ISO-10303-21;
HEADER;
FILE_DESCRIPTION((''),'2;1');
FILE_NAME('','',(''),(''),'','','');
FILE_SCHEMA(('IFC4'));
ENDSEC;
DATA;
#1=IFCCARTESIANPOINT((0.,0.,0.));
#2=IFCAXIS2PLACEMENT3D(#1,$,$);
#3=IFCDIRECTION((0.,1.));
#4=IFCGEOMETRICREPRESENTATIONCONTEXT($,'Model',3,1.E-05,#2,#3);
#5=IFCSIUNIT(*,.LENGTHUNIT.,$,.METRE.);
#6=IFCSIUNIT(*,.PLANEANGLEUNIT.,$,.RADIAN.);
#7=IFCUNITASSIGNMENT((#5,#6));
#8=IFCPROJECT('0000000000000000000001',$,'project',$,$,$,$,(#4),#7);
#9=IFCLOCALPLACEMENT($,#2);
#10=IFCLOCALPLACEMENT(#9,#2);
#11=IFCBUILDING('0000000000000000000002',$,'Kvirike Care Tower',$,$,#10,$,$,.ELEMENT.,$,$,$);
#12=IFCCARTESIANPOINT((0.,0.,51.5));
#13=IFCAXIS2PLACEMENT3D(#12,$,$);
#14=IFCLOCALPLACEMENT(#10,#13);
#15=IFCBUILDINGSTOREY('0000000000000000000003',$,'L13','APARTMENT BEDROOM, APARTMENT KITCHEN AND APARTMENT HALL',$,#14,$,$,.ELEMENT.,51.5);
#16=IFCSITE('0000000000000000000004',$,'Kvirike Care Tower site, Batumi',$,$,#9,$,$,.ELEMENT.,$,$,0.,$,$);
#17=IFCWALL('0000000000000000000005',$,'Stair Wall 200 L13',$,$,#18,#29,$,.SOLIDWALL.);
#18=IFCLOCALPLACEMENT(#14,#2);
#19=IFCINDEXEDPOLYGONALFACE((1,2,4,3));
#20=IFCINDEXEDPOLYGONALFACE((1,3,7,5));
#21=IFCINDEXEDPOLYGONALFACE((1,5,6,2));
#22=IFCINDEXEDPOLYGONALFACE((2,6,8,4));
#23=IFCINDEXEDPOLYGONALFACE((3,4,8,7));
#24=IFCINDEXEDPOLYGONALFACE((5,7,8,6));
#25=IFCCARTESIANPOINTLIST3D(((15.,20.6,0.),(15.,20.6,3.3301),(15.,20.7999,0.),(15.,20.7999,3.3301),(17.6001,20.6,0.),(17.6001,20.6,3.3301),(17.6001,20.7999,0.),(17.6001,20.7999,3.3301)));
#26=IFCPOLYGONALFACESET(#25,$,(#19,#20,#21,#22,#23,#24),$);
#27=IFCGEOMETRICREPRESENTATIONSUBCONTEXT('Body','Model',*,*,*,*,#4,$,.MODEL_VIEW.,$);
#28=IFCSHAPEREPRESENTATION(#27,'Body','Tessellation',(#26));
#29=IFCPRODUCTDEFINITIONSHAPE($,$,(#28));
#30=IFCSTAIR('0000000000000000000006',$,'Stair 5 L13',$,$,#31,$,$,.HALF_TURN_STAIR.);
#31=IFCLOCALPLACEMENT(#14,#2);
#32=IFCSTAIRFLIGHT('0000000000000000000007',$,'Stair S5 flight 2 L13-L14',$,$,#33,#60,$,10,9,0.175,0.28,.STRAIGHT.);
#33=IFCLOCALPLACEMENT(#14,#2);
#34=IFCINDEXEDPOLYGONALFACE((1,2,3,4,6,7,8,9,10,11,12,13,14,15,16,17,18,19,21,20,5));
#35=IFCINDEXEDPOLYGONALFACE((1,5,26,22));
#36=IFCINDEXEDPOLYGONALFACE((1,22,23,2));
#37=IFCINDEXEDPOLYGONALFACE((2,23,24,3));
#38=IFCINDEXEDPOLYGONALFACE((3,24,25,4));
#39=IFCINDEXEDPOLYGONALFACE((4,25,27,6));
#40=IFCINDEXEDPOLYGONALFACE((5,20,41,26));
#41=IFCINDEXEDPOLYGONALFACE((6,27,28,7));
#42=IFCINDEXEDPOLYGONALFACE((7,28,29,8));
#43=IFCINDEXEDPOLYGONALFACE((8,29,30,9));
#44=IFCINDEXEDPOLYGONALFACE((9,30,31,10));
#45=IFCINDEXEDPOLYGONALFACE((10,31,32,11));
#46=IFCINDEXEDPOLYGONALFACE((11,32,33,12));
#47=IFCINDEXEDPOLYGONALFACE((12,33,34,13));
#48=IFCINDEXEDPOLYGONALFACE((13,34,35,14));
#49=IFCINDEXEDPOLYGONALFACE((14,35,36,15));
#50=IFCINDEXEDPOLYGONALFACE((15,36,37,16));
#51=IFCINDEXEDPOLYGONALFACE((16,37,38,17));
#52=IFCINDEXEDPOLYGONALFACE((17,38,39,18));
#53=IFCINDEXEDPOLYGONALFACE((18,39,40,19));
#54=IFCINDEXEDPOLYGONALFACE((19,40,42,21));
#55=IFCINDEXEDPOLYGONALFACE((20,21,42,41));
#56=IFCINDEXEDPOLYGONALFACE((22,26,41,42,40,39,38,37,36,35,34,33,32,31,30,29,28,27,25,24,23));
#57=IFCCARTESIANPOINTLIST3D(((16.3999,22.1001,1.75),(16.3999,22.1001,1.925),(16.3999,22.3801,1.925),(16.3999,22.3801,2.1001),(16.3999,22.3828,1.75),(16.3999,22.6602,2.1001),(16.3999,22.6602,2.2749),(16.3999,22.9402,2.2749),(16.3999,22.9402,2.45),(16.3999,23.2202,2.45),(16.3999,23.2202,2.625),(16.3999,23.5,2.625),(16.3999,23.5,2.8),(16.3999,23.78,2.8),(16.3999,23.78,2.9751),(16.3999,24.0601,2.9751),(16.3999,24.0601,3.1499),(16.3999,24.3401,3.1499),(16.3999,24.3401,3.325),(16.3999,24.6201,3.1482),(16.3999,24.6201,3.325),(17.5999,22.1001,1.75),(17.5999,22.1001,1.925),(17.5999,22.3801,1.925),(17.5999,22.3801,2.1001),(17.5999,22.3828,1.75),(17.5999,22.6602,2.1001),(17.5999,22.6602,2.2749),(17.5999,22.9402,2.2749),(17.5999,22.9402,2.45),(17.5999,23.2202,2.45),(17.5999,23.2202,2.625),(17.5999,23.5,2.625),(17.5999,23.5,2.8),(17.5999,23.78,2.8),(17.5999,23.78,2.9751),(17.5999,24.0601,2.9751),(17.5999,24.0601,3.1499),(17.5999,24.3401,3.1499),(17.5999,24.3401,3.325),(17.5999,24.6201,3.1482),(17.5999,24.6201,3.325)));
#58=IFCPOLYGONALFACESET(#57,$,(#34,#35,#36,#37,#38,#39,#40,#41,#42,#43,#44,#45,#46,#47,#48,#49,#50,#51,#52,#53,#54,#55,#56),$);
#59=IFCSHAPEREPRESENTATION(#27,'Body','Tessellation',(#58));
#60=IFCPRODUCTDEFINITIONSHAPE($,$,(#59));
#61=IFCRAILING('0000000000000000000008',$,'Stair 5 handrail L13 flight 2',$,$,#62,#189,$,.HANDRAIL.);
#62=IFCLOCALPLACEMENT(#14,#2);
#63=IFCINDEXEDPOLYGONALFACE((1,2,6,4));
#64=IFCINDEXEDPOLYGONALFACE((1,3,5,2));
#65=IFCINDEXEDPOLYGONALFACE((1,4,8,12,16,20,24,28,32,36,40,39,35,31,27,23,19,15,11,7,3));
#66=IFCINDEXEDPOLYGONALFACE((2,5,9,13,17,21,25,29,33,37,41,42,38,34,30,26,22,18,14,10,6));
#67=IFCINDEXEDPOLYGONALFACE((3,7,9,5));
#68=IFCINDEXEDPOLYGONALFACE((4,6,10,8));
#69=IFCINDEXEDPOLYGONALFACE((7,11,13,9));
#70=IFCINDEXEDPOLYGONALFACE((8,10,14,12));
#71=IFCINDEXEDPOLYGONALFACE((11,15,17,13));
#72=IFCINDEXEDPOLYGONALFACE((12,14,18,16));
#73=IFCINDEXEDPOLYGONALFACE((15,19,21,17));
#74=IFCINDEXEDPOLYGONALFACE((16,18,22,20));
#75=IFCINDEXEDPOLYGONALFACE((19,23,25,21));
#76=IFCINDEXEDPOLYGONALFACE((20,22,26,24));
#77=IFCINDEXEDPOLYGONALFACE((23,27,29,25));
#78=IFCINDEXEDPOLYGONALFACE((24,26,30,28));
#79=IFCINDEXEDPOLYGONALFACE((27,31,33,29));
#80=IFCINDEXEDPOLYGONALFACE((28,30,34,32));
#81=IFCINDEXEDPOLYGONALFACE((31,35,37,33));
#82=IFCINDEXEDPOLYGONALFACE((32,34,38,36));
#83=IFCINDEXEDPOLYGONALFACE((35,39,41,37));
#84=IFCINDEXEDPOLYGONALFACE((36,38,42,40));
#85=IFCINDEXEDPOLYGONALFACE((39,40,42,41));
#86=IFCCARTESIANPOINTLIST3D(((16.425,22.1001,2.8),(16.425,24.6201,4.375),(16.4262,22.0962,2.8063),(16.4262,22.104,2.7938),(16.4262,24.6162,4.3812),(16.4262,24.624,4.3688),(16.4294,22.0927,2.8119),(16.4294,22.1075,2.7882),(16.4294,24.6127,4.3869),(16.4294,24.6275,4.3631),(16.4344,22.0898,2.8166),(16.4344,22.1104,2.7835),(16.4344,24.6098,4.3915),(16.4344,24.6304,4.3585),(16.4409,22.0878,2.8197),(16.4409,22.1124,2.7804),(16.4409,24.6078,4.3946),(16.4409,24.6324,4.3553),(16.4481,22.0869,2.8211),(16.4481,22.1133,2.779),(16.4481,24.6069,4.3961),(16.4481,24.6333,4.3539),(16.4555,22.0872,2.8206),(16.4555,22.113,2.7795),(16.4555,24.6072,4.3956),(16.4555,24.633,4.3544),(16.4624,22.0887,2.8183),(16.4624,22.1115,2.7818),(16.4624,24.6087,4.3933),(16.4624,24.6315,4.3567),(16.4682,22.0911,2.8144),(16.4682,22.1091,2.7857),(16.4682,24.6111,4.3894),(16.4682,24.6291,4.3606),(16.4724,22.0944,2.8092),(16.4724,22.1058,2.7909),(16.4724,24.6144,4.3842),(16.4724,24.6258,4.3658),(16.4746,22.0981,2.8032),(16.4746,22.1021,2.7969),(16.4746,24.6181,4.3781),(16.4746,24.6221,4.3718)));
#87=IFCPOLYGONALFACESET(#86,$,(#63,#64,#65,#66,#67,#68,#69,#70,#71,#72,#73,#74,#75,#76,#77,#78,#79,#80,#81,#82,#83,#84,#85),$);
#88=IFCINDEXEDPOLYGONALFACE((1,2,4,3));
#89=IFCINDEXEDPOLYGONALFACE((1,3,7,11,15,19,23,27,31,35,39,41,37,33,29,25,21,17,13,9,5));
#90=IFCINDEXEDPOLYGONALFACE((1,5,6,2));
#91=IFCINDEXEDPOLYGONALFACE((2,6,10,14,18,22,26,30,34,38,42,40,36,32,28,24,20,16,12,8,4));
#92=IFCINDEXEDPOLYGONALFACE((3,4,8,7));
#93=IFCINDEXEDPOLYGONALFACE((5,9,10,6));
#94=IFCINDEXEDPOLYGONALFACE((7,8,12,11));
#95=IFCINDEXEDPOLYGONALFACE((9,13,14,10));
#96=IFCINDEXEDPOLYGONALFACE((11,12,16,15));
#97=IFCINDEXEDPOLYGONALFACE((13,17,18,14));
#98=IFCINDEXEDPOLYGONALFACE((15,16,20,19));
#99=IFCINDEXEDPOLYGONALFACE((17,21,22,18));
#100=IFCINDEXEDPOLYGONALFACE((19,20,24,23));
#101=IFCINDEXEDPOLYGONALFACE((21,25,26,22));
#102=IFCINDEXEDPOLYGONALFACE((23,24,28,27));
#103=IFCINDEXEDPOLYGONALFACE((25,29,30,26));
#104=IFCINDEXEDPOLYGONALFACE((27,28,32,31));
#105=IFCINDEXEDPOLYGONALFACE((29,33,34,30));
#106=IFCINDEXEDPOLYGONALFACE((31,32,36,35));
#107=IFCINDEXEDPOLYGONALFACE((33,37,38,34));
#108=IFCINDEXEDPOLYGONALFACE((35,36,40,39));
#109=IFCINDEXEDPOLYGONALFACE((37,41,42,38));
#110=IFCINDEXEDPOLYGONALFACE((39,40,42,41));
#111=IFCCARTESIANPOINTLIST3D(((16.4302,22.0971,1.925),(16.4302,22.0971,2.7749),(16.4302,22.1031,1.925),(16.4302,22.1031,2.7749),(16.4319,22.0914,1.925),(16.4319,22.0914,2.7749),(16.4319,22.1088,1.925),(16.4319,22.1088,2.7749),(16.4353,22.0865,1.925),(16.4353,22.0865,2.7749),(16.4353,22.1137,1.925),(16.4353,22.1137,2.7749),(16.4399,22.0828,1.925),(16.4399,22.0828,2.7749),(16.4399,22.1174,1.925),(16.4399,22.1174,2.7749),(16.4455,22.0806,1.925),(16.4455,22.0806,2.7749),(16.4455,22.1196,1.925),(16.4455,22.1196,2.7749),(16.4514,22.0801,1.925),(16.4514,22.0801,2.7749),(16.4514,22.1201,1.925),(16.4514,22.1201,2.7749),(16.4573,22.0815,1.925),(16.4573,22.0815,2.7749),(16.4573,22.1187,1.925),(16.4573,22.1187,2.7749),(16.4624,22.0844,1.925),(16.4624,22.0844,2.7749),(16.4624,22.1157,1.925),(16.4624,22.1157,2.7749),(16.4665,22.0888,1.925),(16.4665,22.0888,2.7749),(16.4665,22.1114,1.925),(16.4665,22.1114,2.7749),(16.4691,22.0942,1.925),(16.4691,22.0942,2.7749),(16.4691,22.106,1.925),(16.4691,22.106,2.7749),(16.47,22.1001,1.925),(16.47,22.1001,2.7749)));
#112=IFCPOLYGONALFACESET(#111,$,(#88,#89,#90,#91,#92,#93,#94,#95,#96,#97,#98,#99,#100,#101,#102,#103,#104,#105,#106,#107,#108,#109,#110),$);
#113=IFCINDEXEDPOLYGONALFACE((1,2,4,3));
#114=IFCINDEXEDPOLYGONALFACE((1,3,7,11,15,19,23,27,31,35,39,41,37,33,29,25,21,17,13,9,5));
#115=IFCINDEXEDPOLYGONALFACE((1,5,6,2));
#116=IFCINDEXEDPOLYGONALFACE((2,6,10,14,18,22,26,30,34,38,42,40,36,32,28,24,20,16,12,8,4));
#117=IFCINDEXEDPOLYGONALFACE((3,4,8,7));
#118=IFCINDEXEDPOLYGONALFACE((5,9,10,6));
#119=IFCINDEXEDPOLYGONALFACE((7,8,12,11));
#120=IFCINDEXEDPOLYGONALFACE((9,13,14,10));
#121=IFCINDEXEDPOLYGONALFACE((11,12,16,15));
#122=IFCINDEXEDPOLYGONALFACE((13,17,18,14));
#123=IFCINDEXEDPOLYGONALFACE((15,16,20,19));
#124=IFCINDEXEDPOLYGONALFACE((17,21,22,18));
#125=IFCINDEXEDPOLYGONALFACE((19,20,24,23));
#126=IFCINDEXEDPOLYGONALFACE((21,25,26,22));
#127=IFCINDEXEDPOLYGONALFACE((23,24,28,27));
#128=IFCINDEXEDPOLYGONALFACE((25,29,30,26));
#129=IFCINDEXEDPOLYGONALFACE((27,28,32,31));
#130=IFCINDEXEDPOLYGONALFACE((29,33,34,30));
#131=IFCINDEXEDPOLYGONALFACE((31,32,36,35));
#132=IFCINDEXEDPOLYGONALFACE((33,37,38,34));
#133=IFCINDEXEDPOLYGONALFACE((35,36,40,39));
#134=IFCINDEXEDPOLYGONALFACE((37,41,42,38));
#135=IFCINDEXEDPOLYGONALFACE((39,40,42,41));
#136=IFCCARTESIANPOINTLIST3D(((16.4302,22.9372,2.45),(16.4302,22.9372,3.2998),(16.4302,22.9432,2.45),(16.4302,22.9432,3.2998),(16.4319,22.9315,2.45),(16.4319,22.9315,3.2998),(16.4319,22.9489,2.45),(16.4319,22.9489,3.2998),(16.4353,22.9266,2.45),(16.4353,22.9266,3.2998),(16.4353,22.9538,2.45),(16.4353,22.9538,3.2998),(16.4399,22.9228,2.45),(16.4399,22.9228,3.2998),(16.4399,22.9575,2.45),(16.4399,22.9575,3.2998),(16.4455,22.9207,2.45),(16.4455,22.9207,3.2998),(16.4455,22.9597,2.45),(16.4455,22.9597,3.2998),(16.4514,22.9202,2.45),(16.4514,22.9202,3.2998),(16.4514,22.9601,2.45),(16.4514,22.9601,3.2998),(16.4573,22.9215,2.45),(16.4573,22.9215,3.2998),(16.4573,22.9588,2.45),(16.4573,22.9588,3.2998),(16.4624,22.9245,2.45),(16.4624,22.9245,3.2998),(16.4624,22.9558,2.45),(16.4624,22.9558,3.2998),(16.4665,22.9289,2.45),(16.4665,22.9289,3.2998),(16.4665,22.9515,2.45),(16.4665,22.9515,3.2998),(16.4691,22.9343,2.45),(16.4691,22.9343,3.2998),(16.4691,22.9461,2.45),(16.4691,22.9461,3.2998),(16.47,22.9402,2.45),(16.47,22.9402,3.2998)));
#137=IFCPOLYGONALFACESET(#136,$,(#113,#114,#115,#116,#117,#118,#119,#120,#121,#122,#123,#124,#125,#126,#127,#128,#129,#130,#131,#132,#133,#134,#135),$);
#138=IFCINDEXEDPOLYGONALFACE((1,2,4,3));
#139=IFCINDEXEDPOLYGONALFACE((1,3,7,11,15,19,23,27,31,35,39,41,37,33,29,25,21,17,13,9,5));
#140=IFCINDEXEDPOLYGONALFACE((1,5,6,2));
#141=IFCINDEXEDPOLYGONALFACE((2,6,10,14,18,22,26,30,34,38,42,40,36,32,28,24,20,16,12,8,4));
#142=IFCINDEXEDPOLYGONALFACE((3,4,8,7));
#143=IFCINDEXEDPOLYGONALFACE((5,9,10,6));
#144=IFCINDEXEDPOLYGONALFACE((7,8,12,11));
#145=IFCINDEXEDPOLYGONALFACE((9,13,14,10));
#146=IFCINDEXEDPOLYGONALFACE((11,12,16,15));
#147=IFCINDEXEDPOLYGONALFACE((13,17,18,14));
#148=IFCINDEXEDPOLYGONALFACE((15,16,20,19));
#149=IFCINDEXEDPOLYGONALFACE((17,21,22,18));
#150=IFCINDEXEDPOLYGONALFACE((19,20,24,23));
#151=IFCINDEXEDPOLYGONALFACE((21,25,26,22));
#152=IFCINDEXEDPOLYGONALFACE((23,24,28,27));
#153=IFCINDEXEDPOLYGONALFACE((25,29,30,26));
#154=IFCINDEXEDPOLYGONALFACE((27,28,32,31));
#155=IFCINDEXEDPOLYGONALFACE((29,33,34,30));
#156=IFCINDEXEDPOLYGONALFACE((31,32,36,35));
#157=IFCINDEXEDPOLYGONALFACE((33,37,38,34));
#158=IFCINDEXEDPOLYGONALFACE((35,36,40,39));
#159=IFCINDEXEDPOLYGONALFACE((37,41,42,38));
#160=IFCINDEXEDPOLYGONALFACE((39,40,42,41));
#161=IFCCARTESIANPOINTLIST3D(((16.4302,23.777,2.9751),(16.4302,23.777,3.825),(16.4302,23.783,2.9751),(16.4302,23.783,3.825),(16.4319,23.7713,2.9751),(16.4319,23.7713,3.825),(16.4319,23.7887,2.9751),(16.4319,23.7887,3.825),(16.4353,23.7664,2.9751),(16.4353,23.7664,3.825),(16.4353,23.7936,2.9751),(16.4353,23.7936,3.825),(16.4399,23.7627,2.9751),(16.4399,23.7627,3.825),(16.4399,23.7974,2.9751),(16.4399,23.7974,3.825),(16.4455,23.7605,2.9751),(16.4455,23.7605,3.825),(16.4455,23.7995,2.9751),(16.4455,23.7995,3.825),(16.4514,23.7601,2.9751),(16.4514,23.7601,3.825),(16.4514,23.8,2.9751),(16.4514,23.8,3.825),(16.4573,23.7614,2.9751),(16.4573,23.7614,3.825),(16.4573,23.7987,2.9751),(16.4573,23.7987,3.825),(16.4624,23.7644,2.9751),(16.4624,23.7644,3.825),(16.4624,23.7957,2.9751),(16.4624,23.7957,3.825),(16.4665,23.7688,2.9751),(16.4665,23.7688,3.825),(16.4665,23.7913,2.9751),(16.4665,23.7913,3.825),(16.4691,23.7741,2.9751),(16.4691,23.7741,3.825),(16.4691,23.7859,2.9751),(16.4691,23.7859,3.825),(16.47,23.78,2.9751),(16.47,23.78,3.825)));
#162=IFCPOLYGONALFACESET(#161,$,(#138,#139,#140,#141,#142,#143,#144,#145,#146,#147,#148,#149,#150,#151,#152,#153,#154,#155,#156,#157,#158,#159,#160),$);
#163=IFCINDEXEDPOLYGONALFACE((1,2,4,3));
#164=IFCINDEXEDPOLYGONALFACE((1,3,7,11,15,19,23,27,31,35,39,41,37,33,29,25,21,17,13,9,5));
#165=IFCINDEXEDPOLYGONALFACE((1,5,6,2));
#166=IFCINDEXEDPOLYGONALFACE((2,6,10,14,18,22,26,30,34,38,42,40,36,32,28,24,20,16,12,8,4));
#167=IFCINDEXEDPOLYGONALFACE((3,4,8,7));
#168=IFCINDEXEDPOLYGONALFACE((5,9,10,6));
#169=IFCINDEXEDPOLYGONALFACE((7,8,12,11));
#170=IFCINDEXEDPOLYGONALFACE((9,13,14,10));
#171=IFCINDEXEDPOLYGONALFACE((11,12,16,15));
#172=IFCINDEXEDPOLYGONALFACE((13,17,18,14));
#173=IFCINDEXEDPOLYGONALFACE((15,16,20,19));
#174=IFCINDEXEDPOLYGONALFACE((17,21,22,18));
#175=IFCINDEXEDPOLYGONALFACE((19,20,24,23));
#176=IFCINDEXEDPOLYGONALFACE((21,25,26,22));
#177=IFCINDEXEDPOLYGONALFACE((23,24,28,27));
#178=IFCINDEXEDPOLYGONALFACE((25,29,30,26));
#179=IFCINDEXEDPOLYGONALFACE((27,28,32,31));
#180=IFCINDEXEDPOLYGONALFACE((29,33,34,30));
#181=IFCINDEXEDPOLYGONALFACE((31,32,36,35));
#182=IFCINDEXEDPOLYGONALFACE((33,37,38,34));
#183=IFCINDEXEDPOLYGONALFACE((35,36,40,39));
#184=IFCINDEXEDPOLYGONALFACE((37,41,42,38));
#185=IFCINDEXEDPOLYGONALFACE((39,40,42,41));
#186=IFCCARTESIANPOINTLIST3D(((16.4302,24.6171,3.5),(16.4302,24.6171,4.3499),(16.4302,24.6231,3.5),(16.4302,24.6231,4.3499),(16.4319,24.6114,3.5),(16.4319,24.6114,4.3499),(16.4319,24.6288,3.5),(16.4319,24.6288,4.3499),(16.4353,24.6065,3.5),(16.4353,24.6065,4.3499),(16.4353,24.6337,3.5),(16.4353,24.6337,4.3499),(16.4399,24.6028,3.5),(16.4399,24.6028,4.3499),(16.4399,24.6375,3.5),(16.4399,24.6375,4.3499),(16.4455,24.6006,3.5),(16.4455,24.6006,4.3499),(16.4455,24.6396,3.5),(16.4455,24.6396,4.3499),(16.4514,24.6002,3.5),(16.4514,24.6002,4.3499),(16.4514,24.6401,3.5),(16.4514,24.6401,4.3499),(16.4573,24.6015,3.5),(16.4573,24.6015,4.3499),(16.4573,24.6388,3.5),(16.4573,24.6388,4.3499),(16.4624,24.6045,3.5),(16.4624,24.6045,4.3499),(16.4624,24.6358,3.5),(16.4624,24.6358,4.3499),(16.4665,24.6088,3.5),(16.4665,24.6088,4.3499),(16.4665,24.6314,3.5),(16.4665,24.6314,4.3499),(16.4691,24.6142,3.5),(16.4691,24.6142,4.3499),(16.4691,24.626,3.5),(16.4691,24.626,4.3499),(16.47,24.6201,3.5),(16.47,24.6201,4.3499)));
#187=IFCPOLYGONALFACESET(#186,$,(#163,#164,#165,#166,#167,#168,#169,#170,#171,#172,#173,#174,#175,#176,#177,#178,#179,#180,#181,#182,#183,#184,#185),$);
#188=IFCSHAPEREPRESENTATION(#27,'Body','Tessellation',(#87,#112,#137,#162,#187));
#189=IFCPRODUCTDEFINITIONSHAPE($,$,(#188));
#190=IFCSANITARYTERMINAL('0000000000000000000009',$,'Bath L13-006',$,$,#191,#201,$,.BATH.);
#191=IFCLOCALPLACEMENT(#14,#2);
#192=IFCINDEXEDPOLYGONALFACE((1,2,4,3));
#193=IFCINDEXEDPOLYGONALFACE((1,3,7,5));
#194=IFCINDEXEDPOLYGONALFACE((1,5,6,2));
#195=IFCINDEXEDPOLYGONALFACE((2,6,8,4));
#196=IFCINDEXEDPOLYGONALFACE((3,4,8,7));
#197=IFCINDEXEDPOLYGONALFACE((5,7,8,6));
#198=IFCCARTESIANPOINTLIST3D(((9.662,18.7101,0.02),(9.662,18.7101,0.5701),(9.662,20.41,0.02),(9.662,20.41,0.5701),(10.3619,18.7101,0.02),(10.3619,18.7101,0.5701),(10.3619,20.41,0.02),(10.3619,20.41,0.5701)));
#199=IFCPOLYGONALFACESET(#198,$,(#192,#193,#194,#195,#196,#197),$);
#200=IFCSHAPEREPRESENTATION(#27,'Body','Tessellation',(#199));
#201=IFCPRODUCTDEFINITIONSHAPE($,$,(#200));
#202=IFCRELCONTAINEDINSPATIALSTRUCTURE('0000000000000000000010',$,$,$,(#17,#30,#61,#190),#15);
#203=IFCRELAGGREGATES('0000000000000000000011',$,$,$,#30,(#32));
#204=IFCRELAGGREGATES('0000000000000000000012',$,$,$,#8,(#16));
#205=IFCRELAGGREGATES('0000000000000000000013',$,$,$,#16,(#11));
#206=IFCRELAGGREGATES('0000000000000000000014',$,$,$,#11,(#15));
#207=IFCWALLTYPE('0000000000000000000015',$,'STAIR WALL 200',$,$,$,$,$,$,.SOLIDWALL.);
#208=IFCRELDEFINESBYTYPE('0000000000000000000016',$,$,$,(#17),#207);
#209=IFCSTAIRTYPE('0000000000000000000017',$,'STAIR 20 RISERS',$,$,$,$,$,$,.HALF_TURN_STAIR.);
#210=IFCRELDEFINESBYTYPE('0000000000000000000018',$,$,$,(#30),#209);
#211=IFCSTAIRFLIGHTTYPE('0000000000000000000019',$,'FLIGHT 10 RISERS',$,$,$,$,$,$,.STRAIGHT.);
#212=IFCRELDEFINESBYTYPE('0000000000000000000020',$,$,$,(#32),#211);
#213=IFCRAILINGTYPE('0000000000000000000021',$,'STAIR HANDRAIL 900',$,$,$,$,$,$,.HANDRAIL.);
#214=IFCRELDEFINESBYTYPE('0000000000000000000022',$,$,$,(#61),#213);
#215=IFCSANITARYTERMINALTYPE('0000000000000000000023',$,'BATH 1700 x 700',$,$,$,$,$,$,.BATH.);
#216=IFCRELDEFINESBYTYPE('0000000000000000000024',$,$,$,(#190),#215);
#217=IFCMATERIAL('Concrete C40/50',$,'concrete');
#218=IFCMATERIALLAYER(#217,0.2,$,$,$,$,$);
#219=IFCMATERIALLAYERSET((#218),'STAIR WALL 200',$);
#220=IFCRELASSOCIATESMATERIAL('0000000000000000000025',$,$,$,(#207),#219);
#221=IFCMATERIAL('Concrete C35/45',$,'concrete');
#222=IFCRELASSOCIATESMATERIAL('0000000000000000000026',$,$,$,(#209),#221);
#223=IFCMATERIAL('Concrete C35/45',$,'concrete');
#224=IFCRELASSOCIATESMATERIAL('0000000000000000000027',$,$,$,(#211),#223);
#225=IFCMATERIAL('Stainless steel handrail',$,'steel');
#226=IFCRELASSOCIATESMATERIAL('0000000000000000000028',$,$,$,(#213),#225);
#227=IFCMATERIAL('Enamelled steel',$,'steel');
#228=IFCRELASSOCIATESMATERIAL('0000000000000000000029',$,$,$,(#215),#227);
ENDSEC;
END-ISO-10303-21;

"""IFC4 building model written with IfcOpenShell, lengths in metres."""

from ifc_helpers import new_model, si_unit, direction, frame, frame_2d, origin, origin_2d, place, context, subcontext, project, spatial, polyline, rectangle, circle, outline, extrude, material, layer, layer_set, type_object, element, aggregate, save


model = new_model("IFC4")

# Units and contexts
model_context = context("Model", 3, precision=1e-05, world=origin(), true_north=direction((0.0, 1.0)))
body_context = subcontext(model_context, "Body", "Model", "MODEL_VIEW")
ifc_project = project(units=[si_unit("LENGTHUNIT", "METRE"), si_unit("PLANEANGLEUNIT", "RADIAN")], contexts=[model_context])

# Site, building, storey
site_placement = place(None, origin())
site = spatial("IfcSite", under=ifc_project, at=site_placement, Name="Kvirike Care Tower site, Batumi", CompositionType="ELEMENT", RefElevation=0.0)
building_placement = place(site_placement, origin())
building = spatial("IfcBuilding", under=site, at=building_placement, Name="Kvirike Care Tower", CompositionType="ELEMENT")
storey_placement = place(building_placement, frame((0.0, 0.0, 51.5)))
storey = spatial("IfcBuildingStorey", under=building, at=storey_placement, Name="L13", Description="APARTMENT BEDROOM, APARTMENT KITCHEN AND APARTMENT HALL", CompositionType="ELEMENT", Elevation=51.5)

# Wall
ifc_material_1 = material(Name="Concrete C40/50", Category="concrete")
ifc_layer_1 = layer(ifc_material_1, 0.2)
ifc_layer_set_1 = layer_set([ifc_layer_1], Name="STAIR WALL 200")
wall_type_1 = type_object("IfcWallType", Name="STAIR WALL 200", PredefinedType="SOLIDWALL", material=ifc_layer_set_1)
wall_1_placement = place(storey_placement, frame((15.0, 20.7, 0.0), z_axis=(0.0, 0.0, 1.0), x_axis=(1.0, 0.0, 0.0)))
element("IfcWall", 1, at=wall_1_placement, inside=storey, type_object=wall_type_1, Name="Stair Wall 200 L13", PredefinedType="SOLIDWALL", context=body_context, shape_type="SweptSolid", body=[
    extrude(rectangle(XDim=2.6001, YDim=0.2, at=frame_2d((1.3, 0.0))), origin(), (0.0, 0.0, 1.0), 3.3301),
])

# Stair, stair flight
ifc_material_2 = material(Name="Concrete C35/45", Category="concrete")
stair_type = type_object("IfcStairType", Name="STAIR 20 RISERS", PredefinedType="HALF_TURN_STAIR", material=ifc_material_2)
stair_placement = place(storey_placement, origin())
stair = element("IfcStair", 2, at=stair_placement, inside=storey, type_object=stair_type, Name="Stair 5 L13", PredefinedType="HALF_TURN_STAIR")
ifc_material_3 = material(Name="Concrete C35/45", Category="concrete")
stair_flight_type = type_object("IfcStairFlightType", Name="FLIGHT 10 RISERS", PredefinedType="STRAIGHT", material=ifc_material_3)
stair_flight_placement = place(storey_placement, frame((17.0, 22.1001, 1.75), z_axis=(0.0, 0.0, 1.0), x_axis=(0.0, 1.0, 0.0)))
stair_flight = element("IfcStairFlight", 3, at=stair_flight_placement, type_object=stair_flight_type, Name="Stair S5 flight 2 L13-L14", NumberOfRisers=10, NumberOfTreads=9, PredefinedType="STRAIGHT", RiserHeight=0.175, TreadLength=0.28, context=body_context, shape_type="SweptSolid", body=[
    extrude(outline(polyline([(0.0, 0.0), (0.0, 0.175), (0.28, 0.175), (0.28, 0.3501), (0.5601, 0.3501), (0.5601, 0.5249), (0.8401, 0.5249), (0.8401, 0.7), (1.1201, 0.7), (1.1201, 0.875), (1.3999, 0.875), (1.3999, 1.05), (1.6799, 1.05), (1.6799, 1.2251), (1.96, 1.2251), (1.96, 1.3999), (2.24, 1.3999), (2.24, 1.575), (2.52, 1.575), (2.52, 1.75), (2.52, 1.3982), (0.2827, 0.0), (0.0, 0.0)])), frame((0.0, 0.6001, 0.0), z_axis=(0.0, -1.0, 0.0), x_axis=(1.0, 0.0, 0.0)), (0.0, 0.0, 1.0), 1.2),
])
aggregate(stair, [stair_flight])

# Railing
ifc_material_4 = material(Name="Stainless steel handrail", Category="steel")
railing_type = type_object("IfcRailingType", Name="STAIR HANDRAIL 900", PredefinedType="HANDRAIL", material=ifc_material_4)
railing_placement = place(storey_placement, frame((16.45, 22.1001, 1.925)))
element("IfcRailing", 4, at=railing_placement, inside=storey, type_object=railing_type, Name="Stair 5 handrail L13 flight 2", PredefinedType="HANDRAIL", context=body_context, shape_type="SweptSolid", body=[
    extrude(circle(Radius=0.0249, at=origin_2d()), frame((0.0, 0.0, 0.875), z_axis=(0.0, 0.848008, 0.529984), x_axis=(-1.0, 0.0, 0.0)), (0.0, 0.0, 1.0), 2.9717),
    extrude(circle(Radius=0.02, at=origin_2d()), origin(), (0.0, 0.0, 1.0), 0.8499),
    extrude(circle(Radius=0.02, at=origin_2d()), frame((0.0, 0.8401, 0.5249)), (0.0, 0.0, 1.0), 0.8499),
    extrude(circle(Radius=0.02, at=origin_2d()), frame((0.0, 1.6799, 1.05)), (0.0, 0.0, 1.0), 0.8499),
    extrude(circle(Radius=0.02, at=origin_2d()), frame((0.0, 2.52, 1.575)), (0.0, 0.0, 1.0), 0.8499),
])

# Sanitary terminal
ifc_material_5 = material(Name="Enamelled steel", Category="steel")
sanitary_terminal_type_1 = type_object("IfcSanitaryTerminalType", Name="BATH 1700 x 700", PredefinedType="BATH", material=ifc_material_5)
sanitary_terminal_1_placement = place(storey_placement, frame((10.012, 19.5601, 0.02), z_axis=(0.0, 0.0, 1.0), x_axis=(0.0, 1.0, 0.0)))
element("IfcSanitaryTerminal", 5, at=sanitary_terminal_1_placement, inside=storey, type_object=sanitary_terminal_type_1, Name="Bath L13-006", PredefinedType="BATH", context=body_context, shape_type="SweptSolid", body=[
    extrude(rectangle(XDim=1.7, YDim=0.7, at=origin_2d()), origin(), (0.0, 0.0, 1.0), 0.55),
])

save(model, "model.ifc")
